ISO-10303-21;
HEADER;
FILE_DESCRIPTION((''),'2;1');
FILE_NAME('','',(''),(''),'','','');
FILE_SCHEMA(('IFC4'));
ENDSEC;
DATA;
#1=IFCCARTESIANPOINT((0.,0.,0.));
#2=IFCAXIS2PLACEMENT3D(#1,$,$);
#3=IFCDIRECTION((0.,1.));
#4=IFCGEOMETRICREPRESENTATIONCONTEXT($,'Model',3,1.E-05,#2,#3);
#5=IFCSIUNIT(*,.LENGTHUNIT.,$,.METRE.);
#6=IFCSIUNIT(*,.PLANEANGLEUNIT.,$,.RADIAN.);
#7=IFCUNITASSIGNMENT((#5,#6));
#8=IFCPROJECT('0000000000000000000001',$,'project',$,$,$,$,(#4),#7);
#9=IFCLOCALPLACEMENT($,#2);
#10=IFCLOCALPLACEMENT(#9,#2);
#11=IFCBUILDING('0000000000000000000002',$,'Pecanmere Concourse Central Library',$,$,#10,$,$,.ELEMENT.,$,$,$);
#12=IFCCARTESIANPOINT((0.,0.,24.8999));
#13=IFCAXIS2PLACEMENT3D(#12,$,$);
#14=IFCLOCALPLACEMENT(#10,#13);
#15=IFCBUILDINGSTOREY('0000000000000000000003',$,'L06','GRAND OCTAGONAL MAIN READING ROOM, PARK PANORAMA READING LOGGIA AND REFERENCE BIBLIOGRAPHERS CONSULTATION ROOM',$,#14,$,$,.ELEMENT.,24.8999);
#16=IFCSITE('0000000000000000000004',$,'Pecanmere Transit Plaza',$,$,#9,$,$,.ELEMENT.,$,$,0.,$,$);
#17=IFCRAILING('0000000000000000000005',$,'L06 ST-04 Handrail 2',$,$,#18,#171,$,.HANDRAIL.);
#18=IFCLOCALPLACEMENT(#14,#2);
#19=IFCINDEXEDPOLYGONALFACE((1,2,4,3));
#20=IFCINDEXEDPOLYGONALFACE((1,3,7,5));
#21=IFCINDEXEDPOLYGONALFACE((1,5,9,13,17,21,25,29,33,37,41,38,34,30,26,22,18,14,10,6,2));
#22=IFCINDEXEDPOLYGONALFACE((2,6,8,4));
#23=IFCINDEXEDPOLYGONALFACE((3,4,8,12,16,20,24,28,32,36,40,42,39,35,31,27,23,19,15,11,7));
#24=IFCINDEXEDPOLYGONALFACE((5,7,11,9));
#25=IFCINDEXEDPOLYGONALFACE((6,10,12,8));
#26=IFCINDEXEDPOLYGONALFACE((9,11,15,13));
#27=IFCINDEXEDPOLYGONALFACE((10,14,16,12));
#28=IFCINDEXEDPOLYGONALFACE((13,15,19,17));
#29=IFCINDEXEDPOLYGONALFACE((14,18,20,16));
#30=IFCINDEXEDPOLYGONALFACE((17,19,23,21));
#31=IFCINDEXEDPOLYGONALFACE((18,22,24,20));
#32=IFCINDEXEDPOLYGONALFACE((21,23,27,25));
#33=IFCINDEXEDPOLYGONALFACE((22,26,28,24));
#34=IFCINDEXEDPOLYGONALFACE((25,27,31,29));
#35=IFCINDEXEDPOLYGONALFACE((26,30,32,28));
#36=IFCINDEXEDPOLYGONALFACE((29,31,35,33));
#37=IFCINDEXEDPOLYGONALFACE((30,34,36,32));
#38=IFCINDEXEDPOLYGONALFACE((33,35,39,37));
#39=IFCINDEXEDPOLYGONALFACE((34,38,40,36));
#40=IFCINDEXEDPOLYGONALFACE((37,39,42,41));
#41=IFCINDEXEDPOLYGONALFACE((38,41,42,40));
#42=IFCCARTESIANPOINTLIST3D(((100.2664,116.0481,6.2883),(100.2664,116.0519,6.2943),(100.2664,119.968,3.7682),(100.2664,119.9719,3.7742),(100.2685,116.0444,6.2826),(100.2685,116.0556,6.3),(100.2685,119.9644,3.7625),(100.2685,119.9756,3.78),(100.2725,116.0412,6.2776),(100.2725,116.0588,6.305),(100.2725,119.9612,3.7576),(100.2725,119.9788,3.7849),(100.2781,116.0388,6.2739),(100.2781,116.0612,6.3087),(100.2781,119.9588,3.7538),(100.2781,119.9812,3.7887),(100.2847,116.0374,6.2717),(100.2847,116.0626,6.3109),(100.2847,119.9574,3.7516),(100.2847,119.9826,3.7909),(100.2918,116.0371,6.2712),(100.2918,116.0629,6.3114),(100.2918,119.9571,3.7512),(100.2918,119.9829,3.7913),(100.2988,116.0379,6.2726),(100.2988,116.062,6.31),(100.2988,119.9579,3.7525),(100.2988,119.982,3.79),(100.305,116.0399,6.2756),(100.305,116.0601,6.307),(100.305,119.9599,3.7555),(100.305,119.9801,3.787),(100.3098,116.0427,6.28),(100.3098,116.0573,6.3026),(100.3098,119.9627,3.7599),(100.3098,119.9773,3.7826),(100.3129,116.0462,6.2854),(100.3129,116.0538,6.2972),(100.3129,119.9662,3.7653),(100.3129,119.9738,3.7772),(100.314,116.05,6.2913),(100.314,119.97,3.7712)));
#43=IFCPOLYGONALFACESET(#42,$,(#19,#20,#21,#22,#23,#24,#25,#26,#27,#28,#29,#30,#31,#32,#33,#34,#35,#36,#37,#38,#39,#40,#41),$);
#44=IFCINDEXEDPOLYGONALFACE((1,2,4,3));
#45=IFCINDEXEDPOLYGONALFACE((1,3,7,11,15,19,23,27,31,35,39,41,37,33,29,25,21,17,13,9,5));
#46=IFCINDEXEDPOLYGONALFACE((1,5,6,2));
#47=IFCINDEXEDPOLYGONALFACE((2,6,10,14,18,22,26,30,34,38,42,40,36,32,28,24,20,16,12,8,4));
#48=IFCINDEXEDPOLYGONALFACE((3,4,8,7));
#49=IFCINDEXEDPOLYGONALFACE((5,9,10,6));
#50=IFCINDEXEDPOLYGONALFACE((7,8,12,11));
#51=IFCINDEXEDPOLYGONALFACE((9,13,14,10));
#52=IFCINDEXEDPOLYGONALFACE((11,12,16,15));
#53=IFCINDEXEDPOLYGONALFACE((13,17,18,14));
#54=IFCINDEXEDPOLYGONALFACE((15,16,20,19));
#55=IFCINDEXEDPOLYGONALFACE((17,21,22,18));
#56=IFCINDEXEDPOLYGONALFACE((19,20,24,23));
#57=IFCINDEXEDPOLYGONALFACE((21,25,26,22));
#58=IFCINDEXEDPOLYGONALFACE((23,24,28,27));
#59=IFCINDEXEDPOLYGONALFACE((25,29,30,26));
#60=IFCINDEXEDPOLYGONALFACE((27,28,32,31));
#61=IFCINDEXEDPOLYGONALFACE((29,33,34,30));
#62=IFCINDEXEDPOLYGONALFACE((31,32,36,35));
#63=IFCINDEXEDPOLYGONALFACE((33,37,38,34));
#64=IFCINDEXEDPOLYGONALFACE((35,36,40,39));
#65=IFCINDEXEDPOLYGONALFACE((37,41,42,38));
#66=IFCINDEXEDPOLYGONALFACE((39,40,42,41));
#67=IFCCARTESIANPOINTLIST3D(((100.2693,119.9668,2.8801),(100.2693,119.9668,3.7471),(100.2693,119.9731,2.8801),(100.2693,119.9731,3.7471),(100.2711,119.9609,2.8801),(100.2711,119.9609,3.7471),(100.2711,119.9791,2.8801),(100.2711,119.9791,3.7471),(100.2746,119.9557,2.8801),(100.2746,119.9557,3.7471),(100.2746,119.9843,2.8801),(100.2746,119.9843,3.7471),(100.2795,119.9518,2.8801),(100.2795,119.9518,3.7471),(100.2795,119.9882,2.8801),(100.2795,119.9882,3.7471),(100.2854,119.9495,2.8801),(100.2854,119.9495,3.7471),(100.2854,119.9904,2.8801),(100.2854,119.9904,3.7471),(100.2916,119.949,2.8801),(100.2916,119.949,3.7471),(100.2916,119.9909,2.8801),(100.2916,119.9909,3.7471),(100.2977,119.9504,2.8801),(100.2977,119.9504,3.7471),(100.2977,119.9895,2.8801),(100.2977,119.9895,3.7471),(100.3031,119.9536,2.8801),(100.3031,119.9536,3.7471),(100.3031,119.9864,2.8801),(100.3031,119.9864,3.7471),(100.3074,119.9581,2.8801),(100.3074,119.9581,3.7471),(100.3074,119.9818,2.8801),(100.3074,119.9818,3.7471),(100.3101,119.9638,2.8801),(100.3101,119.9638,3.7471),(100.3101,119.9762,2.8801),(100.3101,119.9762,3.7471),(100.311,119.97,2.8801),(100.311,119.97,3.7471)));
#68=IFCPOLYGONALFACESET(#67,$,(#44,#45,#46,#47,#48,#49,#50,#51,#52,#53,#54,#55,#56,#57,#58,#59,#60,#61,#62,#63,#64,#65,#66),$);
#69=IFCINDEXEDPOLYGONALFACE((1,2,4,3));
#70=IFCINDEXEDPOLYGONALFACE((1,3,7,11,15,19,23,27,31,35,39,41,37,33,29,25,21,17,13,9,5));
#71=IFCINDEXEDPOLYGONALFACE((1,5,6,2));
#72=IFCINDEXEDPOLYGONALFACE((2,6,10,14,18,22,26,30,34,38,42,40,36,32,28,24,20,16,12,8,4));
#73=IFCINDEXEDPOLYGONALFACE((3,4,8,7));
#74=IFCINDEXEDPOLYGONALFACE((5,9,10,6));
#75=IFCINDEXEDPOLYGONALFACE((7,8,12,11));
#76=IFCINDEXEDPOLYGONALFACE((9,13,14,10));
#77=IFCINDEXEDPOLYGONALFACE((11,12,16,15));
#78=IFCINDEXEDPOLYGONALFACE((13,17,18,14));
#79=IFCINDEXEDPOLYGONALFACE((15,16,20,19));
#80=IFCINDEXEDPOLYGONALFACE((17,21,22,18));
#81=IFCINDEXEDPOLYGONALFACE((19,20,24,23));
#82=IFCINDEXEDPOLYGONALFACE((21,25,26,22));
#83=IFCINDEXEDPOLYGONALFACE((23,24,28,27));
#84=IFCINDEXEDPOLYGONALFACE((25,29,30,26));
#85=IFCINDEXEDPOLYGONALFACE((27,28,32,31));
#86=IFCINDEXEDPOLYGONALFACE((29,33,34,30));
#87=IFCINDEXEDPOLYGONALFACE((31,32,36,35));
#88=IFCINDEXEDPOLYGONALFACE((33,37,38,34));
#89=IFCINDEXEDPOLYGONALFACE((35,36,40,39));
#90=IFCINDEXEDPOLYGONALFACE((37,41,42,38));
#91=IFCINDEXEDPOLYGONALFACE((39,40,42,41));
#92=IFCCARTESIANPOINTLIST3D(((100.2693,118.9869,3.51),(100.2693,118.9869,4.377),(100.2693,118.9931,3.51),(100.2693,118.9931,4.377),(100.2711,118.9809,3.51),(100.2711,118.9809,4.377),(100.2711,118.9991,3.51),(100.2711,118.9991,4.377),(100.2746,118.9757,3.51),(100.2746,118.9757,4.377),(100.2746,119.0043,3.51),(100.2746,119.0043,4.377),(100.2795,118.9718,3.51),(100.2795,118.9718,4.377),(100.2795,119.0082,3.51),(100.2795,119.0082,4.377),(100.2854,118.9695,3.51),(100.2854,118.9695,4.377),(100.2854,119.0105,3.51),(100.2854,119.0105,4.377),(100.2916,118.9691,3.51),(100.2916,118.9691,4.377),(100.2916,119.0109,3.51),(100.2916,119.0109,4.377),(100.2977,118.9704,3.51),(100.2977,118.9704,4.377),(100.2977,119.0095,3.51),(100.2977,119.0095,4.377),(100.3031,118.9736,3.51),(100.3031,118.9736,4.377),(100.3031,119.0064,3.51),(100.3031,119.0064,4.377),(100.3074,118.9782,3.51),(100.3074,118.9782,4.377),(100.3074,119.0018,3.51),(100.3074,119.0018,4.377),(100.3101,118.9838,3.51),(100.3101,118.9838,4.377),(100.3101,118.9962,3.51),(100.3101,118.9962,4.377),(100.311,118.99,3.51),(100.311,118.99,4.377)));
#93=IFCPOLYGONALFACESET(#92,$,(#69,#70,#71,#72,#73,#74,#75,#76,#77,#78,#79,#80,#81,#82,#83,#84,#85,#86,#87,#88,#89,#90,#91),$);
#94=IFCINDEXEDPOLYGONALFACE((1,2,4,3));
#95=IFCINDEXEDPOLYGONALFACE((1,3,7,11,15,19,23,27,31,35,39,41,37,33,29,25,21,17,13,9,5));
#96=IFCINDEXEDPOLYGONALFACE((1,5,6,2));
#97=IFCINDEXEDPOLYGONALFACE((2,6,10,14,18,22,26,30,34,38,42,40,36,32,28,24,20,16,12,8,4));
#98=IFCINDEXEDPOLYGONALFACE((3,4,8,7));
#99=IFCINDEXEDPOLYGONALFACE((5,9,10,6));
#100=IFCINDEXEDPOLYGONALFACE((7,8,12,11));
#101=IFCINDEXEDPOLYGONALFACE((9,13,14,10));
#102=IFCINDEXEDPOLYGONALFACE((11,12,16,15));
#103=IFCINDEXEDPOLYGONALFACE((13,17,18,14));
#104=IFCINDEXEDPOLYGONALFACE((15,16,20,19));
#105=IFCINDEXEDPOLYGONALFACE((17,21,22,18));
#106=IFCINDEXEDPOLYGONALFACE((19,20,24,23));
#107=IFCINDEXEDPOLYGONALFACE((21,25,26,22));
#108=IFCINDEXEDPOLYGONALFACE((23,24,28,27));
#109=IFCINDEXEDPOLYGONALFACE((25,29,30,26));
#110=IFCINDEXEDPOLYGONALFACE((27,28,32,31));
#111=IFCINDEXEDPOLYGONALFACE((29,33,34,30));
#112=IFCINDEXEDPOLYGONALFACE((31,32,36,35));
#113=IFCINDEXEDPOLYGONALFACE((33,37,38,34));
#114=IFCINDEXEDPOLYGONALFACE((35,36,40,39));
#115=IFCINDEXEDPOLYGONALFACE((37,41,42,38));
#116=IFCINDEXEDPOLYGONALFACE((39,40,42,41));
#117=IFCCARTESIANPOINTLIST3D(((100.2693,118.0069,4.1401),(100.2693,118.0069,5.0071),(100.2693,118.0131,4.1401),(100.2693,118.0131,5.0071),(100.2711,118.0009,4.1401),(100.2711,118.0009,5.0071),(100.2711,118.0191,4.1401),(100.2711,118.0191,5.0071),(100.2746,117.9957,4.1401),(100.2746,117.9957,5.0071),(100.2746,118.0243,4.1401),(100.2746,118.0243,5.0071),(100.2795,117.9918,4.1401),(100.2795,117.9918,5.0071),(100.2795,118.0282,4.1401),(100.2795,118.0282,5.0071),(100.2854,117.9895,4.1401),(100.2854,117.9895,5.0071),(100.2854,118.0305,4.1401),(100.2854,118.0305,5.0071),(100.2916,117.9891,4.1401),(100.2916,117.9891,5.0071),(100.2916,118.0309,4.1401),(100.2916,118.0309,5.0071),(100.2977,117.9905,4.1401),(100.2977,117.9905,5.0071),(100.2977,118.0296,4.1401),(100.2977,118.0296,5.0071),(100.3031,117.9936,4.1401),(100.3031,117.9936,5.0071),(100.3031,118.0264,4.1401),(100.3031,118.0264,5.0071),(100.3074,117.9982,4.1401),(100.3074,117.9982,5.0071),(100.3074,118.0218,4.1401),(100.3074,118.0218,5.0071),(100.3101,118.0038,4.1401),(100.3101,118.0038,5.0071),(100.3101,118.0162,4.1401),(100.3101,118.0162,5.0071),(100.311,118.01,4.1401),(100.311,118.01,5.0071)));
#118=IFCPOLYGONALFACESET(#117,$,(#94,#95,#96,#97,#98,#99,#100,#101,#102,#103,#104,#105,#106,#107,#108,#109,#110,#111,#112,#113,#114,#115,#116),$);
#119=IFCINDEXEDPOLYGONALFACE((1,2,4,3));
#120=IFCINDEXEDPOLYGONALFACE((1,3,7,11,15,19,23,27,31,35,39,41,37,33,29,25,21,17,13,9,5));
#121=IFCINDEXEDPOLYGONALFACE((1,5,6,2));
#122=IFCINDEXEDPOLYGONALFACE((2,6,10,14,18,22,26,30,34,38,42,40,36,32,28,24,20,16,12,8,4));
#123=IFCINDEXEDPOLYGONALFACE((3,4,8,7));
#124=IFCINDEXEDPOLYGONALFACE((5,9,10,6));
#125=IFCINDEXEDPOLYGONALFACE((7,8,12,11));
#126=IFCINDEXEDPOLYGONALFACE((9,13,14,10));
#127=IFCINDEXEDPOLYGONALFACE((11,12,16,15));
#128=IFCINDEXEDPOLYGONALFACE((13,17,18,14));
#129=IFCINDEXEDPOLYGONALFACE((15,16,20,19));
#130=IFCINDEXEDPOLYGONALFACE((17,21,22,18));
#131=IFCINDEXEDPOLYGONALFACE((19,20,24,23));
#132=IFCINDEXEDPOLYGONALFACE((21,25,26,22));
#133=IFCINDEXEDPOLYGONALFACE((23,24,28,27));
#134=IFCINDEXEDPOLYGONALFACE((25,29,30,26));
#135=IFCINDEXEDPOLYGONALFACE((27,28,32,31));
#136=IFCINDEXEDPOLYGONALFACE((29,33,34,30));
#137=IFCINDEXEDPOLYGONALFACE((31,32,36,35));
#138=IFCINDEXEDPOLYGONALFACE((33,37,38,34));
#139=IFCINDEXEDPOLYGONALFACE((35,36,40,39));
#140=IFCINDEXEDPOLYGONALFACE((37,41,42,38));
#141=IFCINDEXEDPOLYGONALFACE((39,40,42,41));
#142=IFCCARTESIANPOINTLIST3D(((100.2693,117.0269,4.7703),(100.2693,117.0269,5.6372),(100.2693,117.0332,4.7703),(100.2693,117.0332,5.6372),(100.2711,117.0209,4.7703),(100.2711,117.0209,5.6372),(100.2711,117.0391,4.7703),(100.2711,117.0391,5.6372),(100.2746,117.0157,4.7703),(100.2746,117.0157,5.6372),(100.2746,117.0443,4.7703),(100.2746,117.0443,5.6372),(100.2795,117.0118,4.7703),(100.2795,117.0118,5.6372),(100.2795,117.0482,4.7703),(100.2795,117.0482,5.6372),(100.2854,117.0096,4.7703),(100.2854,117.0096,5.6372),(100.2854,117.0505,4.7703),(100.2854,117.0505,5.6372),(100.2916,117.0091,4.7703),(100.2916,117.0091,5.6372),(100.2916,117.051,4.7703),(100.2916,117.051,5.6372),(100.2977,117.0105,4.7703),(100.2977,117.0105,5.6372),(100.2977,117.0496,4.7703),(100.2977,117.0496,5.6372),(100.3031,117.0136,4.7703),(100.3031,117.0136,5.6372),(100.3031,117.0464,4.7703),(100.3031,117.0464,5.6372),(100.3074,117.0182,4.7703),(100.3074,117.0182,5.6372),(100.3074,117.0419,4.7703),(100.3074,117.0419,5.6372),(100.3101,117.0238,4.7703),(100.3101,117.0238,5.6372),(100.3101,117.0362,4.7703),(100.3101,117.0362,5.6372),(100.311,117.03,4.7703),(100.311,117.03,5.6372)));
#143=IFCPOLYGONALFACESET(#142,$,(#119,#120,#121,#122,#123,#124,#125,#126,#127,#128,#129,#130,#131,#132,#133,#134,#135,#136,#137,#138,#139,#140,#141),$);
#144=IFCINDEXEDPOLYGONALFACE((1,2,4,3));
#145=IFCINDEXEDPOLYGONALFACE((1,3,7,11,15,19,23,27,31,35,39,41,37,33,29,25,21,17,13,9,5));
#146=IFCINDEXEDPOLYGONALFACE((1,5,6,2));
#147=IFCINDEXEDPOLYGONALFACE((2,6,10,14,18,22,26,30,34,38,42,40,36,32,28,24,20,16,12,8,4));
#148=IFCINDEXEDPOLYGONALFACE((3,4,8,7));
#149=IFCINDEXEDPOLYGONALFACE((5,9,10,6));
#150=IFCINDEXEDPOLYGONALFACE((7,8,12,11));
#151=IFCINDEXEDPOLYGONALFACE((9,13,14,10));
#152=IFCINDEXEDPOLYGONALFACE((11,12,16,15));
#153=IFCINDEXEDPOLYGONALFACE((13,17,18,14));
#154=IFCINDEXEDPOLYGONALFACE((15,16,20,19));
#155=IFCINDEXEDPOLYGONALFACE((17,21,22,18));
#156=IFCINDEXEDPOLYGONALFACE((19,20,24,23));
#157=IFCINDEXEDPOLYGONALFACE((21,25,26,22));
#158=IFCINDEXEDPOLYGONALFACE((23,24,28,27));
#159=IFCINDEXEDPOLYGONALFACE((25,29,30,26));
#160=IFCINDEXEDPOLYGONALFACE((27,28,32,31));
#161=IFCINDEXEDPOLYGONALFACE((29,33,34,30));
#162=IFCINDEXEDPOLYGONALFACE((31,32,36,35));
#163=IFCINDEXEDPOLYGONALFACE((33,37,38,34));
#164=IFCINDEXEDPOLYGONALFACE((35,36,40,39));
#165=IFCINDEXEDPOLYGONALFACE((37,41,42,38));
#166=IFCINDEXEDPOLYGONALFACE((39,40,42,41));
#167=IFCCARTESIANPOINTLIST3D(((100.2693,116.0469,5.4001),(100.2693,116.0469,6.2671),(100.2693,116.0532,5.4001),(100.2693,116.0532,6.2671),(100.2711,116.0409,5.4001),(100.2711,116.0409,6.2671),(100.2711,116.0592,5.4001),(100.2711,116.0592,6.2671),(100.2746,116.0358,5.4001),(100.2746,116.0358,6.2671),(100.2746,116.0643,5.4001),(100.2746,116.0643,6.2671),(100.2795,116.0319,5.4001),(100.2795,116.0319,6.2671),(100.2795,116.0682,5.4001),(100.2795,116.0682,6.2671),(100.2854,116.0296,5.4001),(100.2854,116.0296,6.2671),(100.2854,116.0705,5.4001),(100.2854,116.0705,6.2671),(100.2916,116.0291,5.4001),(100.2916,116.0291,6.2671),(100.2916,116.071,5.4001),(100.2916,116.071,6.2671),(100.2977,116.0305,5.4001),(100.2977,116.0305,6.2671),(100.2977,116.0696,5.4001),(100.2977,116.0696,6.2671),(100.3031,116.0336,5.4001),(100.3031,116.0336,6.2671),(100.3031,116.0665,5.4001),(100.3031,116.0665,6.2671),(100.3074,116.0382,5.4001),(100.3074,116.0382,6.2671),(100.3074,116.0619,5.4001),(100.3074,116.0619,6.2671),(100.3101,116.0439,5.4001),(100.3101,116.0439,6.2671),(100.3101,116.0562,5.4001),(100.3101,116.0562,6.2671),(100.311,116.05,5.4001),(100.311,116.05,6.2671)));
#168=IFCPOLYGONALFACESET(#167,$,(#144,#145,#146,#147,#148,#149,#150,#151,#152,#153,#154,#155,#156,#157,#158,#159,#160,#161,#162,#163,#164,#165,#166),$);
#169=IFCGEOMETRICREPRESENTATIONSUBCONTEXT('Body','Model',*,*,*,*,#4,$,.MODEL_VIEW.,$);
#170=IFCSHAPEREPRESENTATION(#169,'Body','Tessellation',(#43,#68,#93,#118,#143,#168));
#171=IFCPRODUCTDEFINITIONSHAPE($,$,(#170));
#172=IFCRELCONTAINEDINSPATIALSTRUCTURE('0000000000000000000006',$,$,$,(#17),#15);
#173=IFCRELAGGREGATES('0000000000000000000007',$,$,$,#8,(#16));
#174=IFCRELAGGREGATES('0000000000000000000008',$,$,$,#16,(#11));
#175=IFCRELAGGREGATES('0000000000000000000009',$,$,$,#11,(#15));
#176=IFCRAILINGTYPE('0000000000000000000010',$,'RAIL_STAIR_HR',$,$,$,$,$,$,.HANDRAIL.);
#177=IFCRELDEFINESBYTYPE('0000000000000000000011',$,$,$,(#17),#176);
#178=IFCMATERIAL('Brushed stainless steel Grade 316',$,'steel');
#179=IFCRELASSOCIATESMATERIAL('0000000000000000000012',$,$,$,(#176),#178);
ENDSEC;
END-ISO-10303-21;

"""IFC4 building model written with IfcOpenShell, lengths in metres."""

from ifc_helpers import new_model, si_unit, direction, frame, origin, origin_2d, place, context, subcontext, project, spatial, circle, extrude, material, type_object, element, save


model = new_model("IFC4")

# Units and contexts
model_context = context("Model", 3, precision=1e-05, world=origin(), true_north=direction((0.0, 1.0)))
body_context = subcontext(model_context, "Body", "Model", "MODEL_VIEW")
ifc_project = project(units=[si_unit("LENGTHUNIT", "METRE"), si_unit("PLANEANGLEUNIT", "RADIAN")], contexts=[model_context])

# Site, building, storey
site_placement = place(None, origin())
site = spatial("IfcSite", under=ifc_project, at=site_placement, Name="Pecanmere Transit Plaza", CompositionType="ELEMENT", RefElevation=0.0)
building_placement = place(site_placement, origin())
building = spatial("IfcBuilding", under=site, at=building_placement, Name="Pecanmere Concourse Central Library", CompositionType="ELEMENT")
storey_placement = place(building_placement, frame((0.0, 0.0, 24.8999)))
storey = spatial("IfcBuildingStorey", under=building, at=storey_placement, Name="L06", Description="GRAND OCTAGONAL MAIN READING ROOM, PARK PANORAMA READING LOGGIA AND REFERENCE BIBLIOGRAPHERS CONSULTATION ROOM", CompositionType="ELEMENT", Elevation=24.8999)

# Railing
ifc_material_1 = material(Name="Brushed stainless steel Grade 316", Category="steel")
railing_type_1 = type_object("IfcRailingType", Name="RAIL_STAIR_HR", PredefinedType="HANDRAIL", material=ifc_material_1)
railing_1_placement = place(storey_placement, frame((100.29, 119.97, 2.8801)))
element("IfcRailing", 1, at=railing_1_placement, inside=storey, type_object=railing_type_1, Name="L06 ST-04 Handrail 2", PredefinedType="HANDRAIL", context=body_context, shape_type="SweptSolid", body=[
    extrude(circle(Radius=0.0239, at=origin_2d()), frame((0.0, 0.0, 0.8911), z_axis=(0.0, -0.841172, 0.540768), x_axis=(1.0, 0.0, 0.0)), (0.0, 0.0, 1.0), 4.6602),
    extrude(circle(Radius=0.021, at=origin_2d()), origin(), (0.0, 0.0, 1.0), 0.8669),
    extrude(circle(Radius=0.021, at=origin_2d()), frame((0.0, -0.98, 0.6299)), (0.0, 0.0, 1.0), 0.8669),
    extrude(circle(Radius=0.021, at=origin_2d()), frame((0.0, -1.96, 1.26)), (0.0, 0.0, 1.0), 0.8669),
    extrude(circle(Radius=0.021, at=origin_2d()), frame((0.0, -2.9399, 1.8901)), (0.0, 0.0, 1.0), 0.8669),
    extrude(circle(Radius=0.021, at=origin_2d()), frame((0.0, -3.9199, 2.52)), (0.0, 0.0, 1.0), 0.8669),
])

save(model, "model.ifc")
